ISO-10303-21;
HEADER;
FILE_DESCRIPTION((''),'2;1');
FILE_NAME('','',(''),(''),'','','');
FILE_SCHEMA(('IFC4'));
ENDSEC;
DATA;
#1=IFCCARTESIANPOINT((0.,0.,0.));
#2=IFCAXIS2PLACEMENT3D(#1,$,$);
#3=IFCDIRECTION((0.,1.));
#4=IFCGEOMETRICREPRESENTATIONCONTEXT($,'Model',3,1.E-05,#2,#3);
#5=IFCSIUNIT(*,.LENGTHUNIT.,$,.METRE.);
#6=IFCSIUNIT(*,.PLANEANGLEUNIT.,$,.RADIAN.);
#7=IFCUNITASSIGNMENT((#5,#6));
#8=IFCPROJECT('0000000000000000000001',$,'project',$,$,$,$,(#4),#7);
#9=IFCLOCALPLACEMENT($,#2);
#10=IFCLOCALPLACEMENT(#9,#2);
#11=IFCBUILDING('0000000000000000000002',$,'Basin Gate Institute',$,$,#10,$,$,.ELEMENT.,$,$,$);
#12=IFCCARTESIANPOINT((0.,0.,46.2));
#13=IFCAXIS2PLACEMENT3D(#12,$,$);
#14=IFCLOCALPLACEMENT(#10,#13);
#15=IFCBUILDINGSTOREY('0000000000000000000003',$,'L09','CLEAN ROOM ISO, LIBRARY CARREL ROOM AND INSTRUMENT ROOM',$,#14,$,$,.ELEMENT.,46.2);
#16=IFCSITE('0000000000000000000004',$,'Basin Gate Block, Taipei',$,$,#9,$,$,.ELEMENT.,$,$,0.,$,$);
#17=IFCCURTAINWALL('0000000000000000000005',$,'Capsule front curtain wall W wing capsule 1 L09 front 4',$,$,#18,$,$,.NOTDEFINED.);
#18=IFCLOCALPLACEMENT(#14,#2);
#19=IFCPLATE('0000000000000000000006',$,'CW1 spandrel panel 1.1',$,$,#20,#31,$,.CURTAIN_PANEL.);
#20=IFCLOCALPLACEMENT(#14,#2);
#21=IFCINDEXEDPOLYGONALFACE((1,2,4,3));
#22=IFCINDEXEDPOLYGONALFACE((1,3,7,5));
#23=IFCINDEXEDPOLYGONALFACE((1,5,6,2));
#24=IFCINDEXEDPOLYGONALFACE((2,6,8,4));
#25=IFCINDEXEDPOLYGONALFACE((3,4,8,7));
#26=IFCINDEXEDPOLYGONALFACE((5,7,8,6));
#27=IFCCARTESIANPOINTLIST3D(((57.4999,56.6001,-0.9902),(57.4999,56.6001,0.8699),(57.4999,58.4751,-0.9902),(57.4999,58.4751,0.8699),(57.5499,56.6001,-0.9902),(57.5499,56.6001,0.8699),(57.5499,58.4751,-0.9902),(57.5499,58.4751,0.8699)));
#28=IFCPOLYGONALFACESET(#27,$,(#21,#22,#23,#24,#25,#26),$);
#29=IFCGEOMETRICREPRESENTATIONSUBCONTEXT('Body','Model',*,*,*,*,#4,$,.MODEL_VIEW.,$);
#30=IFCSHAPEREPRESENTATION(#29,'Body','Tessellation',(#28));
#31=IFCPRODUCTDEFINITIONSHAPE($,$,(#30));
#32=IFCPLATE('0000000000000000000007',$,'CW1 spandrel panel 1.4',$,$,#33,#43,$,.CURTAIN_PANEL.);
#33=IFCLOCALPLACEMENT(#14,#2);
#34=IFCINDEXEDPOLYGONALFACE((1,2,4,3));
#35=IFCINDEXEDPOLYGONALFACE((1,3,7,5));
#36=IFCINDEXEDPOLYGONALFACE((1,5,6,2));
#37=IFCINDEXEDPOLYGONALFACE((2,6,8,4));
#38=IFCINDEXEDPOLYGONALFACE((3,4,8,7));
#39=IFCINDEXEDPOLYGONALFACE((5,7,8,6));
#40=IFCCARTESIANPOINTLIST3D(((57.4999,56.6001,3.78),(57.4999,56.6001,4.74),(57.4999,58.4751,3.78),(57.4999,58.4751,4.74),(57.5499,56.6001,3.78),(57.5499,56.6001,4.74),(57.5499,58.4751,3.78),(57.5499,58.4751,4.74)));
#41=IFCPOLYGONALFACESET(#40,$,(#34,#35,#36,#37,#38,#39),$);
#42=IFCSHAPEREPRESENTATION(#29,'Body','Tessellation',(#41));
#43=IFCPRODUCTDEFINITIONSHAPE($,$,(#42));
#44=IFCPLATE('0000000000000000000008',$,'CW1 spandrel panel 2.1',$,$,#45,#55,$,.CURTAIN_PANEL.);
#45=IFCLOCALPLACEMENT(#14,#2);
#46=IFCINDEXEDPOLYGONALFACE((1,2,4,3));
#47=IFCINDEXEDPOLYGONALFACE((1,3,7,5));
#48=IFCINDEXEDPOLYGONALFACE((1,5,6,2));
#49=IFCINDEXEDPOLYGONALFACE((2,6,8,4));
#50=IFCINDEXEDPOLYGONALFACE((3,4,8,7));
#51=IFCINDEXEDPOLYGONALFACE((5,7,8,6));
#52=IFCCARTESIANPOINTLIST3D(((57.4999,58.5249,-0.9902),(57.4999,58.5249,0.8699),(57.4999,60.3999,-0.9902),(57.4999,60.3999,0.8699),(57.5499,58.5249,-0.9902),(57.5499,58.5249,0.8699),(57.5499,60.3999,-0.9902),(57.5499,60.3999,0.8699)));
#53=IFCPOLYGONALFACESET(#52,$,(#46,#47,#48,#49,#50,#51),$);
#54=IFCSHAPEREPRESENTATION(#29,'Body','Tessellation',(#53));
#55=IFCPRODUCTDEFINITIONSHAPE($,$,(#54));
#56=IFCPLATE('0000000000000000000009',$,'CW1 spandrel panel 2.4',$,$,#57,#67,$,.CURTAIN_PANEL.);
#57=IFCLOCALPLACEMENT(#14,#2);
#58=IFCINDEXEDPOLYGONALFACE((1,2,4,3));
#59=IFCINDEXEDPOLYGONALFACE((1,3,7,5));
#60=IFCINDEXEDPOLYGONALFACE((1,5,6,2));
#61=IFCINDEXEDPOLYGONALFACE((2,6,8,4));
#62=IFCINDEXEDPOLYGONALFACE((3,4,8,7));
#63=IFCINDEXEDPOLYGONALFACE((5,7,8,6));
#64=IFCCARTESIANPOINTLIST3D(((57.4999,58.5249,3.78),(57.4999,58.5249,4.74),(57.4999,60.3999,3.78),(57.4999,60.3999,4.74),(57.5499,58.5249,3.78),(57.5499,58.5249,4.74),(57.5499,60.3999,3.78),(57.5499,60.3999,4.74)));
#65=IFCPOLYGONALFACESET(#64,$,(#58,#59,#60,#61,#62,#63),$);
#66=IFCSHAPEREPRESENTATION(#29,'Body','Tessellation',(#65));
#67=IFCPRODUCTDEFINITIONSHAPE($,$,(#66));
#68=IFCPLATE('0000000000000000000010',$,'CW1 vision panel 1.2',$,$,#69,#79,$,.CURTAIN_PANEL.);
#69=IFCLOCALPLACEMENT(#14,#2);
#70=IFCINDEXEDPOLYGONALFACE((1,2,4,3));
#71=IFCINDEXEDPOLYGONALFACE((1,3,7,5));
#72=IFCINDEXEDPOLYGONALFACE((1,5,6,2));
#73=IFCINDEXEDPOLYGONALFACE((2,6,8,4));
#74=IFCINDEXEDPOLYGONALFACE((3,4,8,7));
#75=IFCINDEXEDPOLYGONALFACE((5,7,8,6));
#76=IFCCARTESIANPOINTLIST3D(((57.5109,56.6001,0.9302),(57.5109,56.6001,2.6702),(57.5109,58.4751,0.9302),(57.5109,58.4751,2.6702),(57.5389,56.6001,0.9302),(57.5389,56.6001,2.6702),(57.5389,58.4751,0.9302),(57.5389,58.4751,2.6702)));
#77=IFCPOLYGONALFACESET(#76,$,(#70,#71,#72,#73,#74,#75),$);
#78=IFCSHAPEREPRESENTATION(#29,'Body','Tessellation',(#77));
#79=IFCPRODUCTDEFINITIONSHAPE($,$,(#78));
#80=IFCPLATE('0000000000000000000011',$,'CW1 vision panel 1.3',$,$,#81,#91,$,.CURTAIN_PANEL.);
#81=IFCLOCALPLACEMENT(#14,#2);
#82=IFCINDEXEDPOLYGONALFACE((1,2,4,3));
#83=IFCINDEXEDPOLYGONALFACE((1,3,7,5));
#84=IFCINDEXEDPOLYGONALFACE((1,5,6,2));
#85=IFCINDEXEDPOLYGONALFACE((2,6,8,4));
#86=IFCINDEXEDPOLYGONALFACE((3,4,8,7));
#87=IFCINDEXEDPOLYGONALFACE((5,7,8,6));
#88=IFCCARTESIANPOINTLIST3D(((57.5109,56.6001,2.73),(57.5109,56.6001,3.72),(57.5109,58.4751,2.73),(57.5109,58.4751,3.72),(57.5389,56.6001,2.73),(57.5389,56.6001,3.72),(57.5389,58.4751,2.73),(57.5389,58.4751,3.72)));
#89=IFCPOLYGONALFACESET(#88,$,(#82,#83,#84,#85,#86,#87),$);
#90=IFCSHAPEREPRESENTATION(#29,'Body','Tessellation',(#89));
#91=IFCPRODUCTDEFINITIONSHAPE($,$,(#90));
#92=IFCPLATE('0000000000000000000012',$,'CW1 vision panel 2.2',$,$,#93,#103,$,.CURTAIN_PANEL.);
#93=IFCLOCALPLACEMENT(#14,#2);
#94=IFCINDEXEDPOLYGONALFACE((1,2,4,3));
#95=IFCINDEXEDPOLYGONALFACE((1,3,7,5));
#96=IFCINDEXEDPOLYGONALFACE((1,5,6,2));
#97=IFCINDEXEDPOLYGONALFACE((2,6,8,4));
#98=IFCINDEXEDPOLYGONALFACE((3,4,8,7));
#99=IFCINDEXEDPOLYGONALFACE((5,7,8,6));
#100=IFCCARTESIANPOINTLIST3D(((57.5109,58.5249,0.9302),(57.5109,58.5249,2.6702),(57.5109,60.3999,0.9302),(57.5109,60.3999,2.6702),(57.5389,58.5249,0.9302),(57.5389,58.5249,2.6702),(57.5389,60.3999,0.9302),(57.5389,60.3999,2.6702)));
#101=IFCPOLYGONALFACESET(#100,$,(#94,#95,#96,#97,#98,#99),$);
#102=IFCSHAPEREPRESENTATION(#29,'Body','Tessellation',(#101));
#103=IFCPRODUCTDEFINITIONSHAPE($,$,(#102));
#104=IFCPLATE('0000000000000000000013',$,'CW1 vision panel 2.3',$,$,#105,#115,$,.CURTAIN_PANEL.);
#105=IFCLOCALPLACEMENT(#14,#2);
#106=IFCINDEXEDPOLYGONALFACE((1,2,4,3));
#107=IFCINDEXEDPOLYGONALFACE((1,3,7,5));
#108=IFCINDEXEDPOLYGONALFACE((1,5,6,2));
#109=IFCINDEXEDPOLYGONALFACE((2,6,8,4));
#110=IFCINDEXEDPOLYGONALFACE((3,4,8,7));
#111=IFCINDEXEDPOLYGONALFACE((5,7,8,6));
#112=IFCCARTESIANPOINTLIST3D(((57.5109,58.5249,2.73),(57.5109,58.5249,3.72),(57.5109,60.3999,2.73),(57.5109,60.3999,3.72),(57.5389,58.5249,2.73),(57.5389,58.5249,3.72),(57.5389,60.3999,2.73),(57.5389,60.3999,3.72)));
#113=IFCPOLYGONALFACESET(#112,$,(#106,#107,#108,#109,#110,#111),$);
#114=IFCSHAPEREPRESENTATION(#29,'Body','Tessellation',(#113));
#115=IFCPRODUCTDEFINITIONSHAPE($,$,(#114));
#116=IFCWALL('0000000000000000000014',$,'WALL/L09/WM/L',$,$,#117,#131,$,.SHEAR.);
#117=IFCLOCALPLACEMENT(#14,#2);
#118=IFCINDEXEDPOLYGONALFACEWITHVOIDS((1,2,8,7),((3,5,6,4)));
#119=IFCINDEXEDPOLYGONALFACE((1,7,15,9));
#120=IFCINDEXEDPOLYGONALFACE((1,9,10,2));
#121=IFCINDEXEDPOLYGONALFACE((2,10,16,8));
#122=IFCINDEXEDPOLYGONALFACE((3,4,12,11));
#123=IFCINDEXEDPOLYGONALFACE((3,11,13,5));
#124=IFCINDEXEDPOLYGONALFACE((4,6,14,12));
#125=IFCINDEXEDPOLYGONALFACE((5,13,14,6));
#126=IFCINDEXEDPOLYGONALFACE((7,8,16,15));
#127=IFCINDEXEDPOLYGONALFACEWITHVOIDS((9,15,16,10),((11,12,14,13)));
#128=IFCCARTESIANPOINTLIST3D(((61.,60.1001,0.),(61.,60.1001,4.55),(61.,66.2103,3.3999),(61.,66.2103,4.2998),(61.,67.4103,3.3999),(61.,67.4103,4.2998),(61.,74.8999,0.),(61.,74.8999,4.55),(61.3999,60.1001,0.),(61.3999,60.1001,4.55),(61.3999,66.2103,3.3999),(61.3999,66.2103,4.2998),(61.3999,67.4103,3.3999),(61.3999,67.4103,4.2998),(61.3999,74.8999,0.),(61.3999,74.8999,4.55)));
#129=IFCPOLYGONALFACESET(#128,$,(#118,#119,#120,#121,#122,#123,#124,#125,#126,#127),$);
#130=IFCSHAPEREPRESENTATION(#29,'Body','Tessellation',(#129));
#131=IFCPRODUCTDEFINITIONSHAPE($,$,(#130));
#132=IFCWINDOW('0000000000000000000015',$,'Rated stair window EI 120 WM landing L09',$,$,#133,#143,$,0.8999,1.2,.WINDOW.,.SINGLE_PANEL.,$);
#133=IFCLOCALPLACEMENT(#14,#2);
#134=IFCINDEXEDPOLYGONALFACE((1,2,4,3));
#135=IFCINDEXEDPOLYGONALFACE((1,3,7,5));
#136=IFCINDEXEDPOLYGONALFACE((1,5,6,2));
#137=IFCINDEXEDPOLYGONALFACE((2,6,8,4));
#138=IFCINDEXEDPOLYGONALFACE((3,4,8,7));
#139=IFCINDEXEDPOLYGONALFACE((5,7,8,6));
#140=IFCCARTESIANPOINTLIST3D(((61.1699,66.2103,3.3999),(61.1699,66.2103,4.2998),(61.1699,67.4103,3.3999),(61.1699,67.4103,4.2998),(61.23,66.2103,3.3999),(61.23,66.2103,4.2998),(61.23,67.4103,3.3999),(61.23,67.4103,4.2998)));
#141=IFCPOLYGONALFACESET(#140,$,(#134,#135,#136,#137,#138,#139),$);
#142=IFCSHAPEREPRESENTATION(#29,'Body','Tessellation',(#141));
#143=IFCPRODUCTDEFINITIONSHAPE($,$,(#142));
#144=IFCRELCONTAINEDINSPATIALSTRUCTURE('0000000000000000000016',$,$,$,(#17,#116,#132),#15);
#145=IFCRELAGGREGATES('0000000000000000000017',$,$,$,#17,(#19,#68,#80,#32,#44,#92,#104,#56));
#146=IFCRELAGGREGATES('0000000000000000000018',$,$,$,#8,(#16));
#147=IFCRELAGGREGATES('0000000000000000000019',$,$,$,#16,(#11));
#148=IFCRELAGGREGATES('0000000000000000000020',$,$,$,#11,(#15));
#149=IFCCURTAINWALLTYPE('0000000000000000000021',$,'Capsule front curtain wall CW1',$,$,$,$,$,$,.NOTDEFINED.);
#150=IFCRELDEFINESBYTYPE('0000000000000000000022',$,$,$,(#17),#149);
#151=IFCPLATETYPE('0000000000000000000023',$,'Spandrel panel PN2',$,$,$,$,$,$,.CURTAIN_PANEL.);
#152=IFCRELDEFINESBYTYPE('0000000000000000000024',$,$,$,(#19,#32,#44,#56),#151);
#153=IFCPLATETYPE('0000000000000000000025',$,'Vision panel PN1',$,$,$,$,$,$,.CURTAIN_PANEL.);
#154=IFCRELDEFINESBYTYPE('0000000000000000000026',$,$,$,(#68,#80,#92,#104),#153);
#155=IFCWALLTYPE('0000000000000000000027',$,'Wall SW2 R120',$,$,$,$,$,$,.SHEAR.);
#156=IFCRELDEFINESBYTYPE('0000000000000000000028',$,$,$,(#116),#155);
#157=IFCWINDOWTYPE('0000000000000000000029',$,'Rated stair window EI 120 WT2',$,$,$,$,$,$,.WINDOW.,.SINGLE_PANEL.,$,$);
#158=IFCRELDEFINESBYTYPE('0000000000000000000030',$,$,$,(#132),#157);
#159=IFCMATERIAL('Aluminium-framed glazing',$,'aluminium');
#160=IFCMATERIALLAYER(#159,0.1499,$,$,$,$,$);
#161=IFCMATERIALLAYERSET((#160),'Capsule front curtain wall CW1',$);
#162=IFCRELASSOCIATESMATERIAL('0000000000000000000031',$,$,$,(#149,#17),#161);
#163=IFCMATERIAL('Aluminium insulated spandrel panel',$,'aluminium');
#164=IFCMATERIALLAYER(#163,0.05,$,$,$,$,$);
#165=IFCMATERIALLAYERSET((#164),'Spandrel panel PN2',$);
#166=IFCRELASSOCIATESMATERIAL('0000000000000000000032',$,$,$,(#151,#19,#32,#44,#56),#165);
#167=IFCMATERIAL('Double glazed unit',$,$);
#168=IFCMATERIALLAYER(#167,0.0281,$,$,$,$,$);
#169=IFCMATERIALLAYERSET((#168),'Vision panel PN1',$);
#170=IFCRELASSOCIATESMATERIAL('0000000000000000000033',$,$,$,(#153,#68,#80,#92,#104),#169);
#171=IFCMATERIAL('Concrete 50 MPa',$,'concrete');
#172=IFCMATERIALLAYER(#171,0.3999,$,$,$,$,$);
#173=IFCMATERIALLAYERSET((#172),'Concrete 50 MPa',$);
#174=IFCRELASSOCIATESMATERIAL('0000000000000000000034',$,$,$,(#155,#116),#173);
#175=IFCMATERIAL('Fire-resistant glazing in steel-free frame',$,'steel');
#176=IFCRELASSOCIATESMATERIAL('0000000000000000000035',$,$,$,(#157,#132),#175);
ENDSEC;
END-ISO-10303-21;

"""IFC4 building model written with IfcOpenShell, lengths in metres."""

from ifc_helpers import new_model, si_unit, direction, frame, frame_2d, origin, origin_2d, place, context, subcontext, project, spatial, rectangle, extrude, material, layer, layer_set, type_object, element, fill, aggregate, save


model = new_model("IFC4")

# Units and contexts
model_context = context("Model", 3, precision=1e-05, world=origin(), true_north=direction((0.0, 1.0)))
body_context = subcontext(model_context, "Body", "Model", "MODEL_VIEW")
ifc_project = project(units=[si_unit("LENGTHUNIT", "METRE"), si_unit("PLANEANGLEUNIT", "RADIAN")], contexts=[model_context])

# Site, building, storey
site_placement = place(None, origin())
site = spatial("IfcSite", under=ifc_project, at=site_placement, Name="Basin Gate Block, Taipei", CompositionType="ELEMENT", RefElevation=0.0)
building_placement = place(site_placement, origin())
building = spatial("IfcBuilding", under=site, at=building_placement, Name="Basin Gate Institute", CompositionType="ELEMENT")
storey_placement = place(building_placement, frame((0.0, 0.0, 46.2)))
storey = spatial("IfcBuildingStorey", under=building, at=storey_placement, Name="L09", Description="CLEAN ROOM ISO, LIBRARY CARREL ROOM AND INSTRUMENT ROOM", CompositionType="ELEMENT", Elevation=46.2)

# Curtain wall
ifc_material_1 = material(Name="Aluminium-framed glazing", Category="aluminium")
ifc_layer_1 = layer(ifc_material_1, 0.1499)
ifc_layer_set_1 = layer_set([ifc_layer_1], Name="Capsule front curtain wall CW1")
curtain_wall_type = type_object("IfcCurtainWallType", Name="Capsule front curtain wall CW1", PredefinedType="NOTDEFINED", material=ifc_layer_set_1)
curtain_wall_1_placement = place(storey_placement, origin())
curtain_wall_1 = element("IfcCurtainWall", 1, at=curtain_wall_1_placement, inside=storey, type_object=curtain_wall_type, material=ifc_layer_set_1, Name="Capsule front curtain wall W wing capsule 1 L09 front 4", PredefinedType="NOTDEFINED")

# Plates
ifc_material_2 = material(Name="Aluminium insulated spandrel panel", Category="aluminium")
ifc_layer_2 = layer(ifc_material_2, 0.05)
ifc_layer_set_2 = layer_set([ifc_layer_2], Name="Spandrel panel PN2")
plate_type_1 = type_object("IfcPlateType", Name="Spandrel panel PN2", PredefinedType="CURTAIN_PANEL", material=ifc_layer_set_2)
plate_1_placement = place(storey_placement, frame((57.5249, 57.5376, -0.9902), z_axis=(0.0, 0.0, 1.0), x_axis=(0.0, 1.0, 0.0)))
plate_1 = element("IfcPlate", 2, at=plate_1_placement, type_object=plate_type_1, material=ifc_layer_set_2, Name="CW1 spandrel panel 1.1", PredefinedType="CURTAIN_PANEL", context=body_context, shape_type="SweptSolid", body=[
    extrude(rectangle(XDim=1.875, YDim=0.05, at=origin_2d()), origin(), (0.0, 0.0, 1.0), 1.8601),
])
plate_2_placement = place(storey_placement, frame((57.5249, 57.5376, 3.78), z_axis=(0.0, 0.0, 1.0), x_axis=(0.0, 1.0, 0.0)))
plate_2 = element("IfcPlate", 3, at=plate_2_placement, type_object=plate_type_1, material=ifc_layer_set_2, Name="CW1 spandrel panel 1.4", PredefinedType="CURTAIN_PANEL", context=body_context, shape_type="SweptSolid", body=[
    extrude(rectangle(XDim=1.875, YDim=0.05, at=origin_2d()), origin(), (0.0, 0.0, 1.0), 0.96),
])
plate_3_placement = place(storey_placement, frame((57.5249, 59.4624, -0.9902), z_axis=(0.0, 0.0, 1.0), x_axis=(0.0, 1.0, 0.0)))
plate_3 = element("IfcPlate", 4, at=plate_3_placement, type_object=plate_type_1, material=ifc_layer_set_2, Name="CW1 spandrel panel 2.1", PredefinedType="CURTAIN_PANEL", context=body_context, shape_type="SweptSolid", body=[
    extrude(rectangle(XDim=1.875, YDim=0.05, at=origin_2d()), origin(), (0.0, 0.0, 1.0), 1.8601),
])
plate_4_placement = place(storey_placement, frame((57.5249, 59.4624, 3.78), z_axis=(0.0, 0.0, 1.0), x_axis=(0.0, 1.0, 0.0)))
plate_4 = element("IfcPlate", 5, at=plate_4_placement, type_object=plate_type_1, material=ifc_layer_set_2, Name="CW1 spandrel panel 2.4", PredefinedType="CURTAIN_PANEL", context=body_context, shape_type="SweptSolid", body=[
    extrude(rectangle(XDim=1.875, YDim=0.05, at=origin_2d()), origin(), (0.0, 0.0, 1.0), 0.96),
])
ifc_material_3 = material(Name="Double glazed unit")
ifc_layer_3 = layer(ifc_material_3, 0.0281)
ifc_layer_set_3 = layer_set([ifc_layer_3], Name="Vision panel PN1")
plate_type_2 = type_object("IfcPlateType", Name="Vision panel PN1", PredefinedType="CURTAIN_PANEL", material=ifc_layer_set_3)
plate_5_placement = place(storey_placement, frame((57.5249, 57.5376, 0.9302), z_axis=(0.0, 0.0, 1.0), x_axis=(0.0, 1.0, 0.0)))
plate_5 = element("IfcPlate", 6, at=plate_5_placement, type_object=plate_type_2, material=ifc_layer_set_3, Name="CW1 vision panel 1.2", PredefinedType="CURTAIN_PANEL", context=body_context, shape_type="SweptSolid", body=[
    extrude(rectangle(XDim=1.875, YDim=0.0281, at=origin_2d()), origin(), (0.0, 0.0, 1.0), 1.74),
])
plate_6_placement = place(storey_placement, frame((57.5249, 57.5376, 2.73), z_axis=(0.0, 0.0, 1.0), x_axis=(0.0, 1.0, 0.0)))
plate_6 = element("IfcPlate", 7, at=plate_6_placement, type_object=plate_type_2, material=ifc_layer_set_3, Name="CW1 vision panel 1.3", PredefinedType="CURTAIN_PANEL", context=body_context, shape_type="SweptSolid", body=[
    extrude(rectangle(XDim=1.875, YDim=0.0281, at=origin_2d()), origin(), (0.0, 0.0, 1.0), 0.99),
])
plate_7_placement = place(storey_placement, frame((57.5249, 59.4624, 0.9302), z_axis=(0.0, 0.0, 1.0), x_axis=(0.0, 1.0, 0.0)))
plate_7 = element("IfcPlate", 8, at=plate_7_placement, type_object=plate_type_2, material=ifc_layer_set_3, Name="CW1 vision panel 2.2", PredefinedType="CURTAIN_PANEL", context=body_context, shape_type="SweptSolid", body=[
    extrude(rectangle(XDim=1.875, YDim=0.0281, at=origin_2d()), origin(), (0.0, 0.0, 1.0), 1.74),
])
plate_8_placement = place(storey_placement, frame((57.5249, 59.4624, 2.73), z_axis=(0.0, 0.0, 1.0), x_axis=(0.0, 1.0, 0.0)))
plate_8 = element("IfcPlate", 9, at=plate_8_placement, type_object=plate_type_2, material=ifc_layer_set_3, Name="CW1 vision panel 2.3", PredefinedType="CURTAIN_PANEL", context=body_context, shape_type="SweptSolid", body=[
    extrude(rectangle(XDim=1.875, YDim=0.0281, at=origin_2d()), origin(), (0.0, 0.0, 1.0), 0.99),
])
aggregate(curtain_wall_1, [plate_1, plate_5, plate_6, plate_2, plate_3, plate_7, plate_8, plate_4])

# Wall, opening, window
ifc_material_4 = material(Name="Concrete 50 MPa", Category="concrete")
ifc_layer_4 = layer(ifc_material_4, 0.3999)
ifc_layer_set_4 = layer_set([ifc_layer_4], Name="Concrete 50 MPa")
wall_type = type_object("IfcWallType", Name="Wall SW2 R120", PredefinedType="SHEAR", material=ifc_layer_set_4)
wall_placement = place(storey_placement, frame((61.2, 60.1001, 0.0), z_axis=(0.0, 0.0, 1.0), x_axis=(0.0, 1.0, 0.0)))
wall = element("IfcWall", 10, at=wall_placement, inside=storey, type_object=wall_type, material=ifc_layer_set_4, Name="WALL/L09/WM/L", PredefinedType="SHEAR", context=body_context, shape_type="SweptSolid", body=[
    extrude(rectangle(XDim=14.7998, YDim=0.3999, at=frame_2d((7.3999, 0.0))), origin(), (0.0, 0.0, 1.0), 4.55),
])
opening_placement = place(wall_placement, frame((6.1101, 0.0, 3.3999)))
opening = element("IfcOpeningElement", 11, at=opening_placement, cuts=wall, PredefinedType="OPENING", context=body_context, shape_type="SweptSolid", body=[
    extrude(rectangle(XDim=1.2, YDim=0.8999, at=frame_2d((0.6001, 0.45))), frame((0.0, 0.21, 0.0), z_axis=(0.0, -1.0, 0.0), x_axis=(1.0, 0.0, 0.0)), (0.0, 0.0, 1.0), 0.4199),
])
ifc_material_5 = material(Name="Fire-resistant glazing in steel-free frame", Category="steel")
window_type = type_object("IfcWindowType", Name="Rated stair window EI 120 WT2", PartitioningType="SINGLE_PANEL", PredefinedType="WINDOW", material=ifc_material_5)
window_placement = place(opening_placement, origin())
window = element("IfcWindow", 12, at=window_placement, inside=storey, type_object=window_type, material=ifc_material_5, Name="Rated stair window EI 120 WM landing L09", OverallHeight=0.8999, OverallWidth=1.2, PartitioningType="SINGLE_PANEL", PredefinedType="WINDOW", context=body_context, shape_type="SweptSolid", body=[
    extrude(rectangle(XDim=1.2, YDim=0.8999, at=frame_2d((0.6001, 0.45))), frame((0.0, 0.03, 0.0), z_axis=(0.0, -1.0, 0.0), x_axis=(1.0, 0.0, 0.0)), (0.0, 0.0, 1.0), 0.0601),
])
fill(opening, window)

save(model, "model.ifc")
